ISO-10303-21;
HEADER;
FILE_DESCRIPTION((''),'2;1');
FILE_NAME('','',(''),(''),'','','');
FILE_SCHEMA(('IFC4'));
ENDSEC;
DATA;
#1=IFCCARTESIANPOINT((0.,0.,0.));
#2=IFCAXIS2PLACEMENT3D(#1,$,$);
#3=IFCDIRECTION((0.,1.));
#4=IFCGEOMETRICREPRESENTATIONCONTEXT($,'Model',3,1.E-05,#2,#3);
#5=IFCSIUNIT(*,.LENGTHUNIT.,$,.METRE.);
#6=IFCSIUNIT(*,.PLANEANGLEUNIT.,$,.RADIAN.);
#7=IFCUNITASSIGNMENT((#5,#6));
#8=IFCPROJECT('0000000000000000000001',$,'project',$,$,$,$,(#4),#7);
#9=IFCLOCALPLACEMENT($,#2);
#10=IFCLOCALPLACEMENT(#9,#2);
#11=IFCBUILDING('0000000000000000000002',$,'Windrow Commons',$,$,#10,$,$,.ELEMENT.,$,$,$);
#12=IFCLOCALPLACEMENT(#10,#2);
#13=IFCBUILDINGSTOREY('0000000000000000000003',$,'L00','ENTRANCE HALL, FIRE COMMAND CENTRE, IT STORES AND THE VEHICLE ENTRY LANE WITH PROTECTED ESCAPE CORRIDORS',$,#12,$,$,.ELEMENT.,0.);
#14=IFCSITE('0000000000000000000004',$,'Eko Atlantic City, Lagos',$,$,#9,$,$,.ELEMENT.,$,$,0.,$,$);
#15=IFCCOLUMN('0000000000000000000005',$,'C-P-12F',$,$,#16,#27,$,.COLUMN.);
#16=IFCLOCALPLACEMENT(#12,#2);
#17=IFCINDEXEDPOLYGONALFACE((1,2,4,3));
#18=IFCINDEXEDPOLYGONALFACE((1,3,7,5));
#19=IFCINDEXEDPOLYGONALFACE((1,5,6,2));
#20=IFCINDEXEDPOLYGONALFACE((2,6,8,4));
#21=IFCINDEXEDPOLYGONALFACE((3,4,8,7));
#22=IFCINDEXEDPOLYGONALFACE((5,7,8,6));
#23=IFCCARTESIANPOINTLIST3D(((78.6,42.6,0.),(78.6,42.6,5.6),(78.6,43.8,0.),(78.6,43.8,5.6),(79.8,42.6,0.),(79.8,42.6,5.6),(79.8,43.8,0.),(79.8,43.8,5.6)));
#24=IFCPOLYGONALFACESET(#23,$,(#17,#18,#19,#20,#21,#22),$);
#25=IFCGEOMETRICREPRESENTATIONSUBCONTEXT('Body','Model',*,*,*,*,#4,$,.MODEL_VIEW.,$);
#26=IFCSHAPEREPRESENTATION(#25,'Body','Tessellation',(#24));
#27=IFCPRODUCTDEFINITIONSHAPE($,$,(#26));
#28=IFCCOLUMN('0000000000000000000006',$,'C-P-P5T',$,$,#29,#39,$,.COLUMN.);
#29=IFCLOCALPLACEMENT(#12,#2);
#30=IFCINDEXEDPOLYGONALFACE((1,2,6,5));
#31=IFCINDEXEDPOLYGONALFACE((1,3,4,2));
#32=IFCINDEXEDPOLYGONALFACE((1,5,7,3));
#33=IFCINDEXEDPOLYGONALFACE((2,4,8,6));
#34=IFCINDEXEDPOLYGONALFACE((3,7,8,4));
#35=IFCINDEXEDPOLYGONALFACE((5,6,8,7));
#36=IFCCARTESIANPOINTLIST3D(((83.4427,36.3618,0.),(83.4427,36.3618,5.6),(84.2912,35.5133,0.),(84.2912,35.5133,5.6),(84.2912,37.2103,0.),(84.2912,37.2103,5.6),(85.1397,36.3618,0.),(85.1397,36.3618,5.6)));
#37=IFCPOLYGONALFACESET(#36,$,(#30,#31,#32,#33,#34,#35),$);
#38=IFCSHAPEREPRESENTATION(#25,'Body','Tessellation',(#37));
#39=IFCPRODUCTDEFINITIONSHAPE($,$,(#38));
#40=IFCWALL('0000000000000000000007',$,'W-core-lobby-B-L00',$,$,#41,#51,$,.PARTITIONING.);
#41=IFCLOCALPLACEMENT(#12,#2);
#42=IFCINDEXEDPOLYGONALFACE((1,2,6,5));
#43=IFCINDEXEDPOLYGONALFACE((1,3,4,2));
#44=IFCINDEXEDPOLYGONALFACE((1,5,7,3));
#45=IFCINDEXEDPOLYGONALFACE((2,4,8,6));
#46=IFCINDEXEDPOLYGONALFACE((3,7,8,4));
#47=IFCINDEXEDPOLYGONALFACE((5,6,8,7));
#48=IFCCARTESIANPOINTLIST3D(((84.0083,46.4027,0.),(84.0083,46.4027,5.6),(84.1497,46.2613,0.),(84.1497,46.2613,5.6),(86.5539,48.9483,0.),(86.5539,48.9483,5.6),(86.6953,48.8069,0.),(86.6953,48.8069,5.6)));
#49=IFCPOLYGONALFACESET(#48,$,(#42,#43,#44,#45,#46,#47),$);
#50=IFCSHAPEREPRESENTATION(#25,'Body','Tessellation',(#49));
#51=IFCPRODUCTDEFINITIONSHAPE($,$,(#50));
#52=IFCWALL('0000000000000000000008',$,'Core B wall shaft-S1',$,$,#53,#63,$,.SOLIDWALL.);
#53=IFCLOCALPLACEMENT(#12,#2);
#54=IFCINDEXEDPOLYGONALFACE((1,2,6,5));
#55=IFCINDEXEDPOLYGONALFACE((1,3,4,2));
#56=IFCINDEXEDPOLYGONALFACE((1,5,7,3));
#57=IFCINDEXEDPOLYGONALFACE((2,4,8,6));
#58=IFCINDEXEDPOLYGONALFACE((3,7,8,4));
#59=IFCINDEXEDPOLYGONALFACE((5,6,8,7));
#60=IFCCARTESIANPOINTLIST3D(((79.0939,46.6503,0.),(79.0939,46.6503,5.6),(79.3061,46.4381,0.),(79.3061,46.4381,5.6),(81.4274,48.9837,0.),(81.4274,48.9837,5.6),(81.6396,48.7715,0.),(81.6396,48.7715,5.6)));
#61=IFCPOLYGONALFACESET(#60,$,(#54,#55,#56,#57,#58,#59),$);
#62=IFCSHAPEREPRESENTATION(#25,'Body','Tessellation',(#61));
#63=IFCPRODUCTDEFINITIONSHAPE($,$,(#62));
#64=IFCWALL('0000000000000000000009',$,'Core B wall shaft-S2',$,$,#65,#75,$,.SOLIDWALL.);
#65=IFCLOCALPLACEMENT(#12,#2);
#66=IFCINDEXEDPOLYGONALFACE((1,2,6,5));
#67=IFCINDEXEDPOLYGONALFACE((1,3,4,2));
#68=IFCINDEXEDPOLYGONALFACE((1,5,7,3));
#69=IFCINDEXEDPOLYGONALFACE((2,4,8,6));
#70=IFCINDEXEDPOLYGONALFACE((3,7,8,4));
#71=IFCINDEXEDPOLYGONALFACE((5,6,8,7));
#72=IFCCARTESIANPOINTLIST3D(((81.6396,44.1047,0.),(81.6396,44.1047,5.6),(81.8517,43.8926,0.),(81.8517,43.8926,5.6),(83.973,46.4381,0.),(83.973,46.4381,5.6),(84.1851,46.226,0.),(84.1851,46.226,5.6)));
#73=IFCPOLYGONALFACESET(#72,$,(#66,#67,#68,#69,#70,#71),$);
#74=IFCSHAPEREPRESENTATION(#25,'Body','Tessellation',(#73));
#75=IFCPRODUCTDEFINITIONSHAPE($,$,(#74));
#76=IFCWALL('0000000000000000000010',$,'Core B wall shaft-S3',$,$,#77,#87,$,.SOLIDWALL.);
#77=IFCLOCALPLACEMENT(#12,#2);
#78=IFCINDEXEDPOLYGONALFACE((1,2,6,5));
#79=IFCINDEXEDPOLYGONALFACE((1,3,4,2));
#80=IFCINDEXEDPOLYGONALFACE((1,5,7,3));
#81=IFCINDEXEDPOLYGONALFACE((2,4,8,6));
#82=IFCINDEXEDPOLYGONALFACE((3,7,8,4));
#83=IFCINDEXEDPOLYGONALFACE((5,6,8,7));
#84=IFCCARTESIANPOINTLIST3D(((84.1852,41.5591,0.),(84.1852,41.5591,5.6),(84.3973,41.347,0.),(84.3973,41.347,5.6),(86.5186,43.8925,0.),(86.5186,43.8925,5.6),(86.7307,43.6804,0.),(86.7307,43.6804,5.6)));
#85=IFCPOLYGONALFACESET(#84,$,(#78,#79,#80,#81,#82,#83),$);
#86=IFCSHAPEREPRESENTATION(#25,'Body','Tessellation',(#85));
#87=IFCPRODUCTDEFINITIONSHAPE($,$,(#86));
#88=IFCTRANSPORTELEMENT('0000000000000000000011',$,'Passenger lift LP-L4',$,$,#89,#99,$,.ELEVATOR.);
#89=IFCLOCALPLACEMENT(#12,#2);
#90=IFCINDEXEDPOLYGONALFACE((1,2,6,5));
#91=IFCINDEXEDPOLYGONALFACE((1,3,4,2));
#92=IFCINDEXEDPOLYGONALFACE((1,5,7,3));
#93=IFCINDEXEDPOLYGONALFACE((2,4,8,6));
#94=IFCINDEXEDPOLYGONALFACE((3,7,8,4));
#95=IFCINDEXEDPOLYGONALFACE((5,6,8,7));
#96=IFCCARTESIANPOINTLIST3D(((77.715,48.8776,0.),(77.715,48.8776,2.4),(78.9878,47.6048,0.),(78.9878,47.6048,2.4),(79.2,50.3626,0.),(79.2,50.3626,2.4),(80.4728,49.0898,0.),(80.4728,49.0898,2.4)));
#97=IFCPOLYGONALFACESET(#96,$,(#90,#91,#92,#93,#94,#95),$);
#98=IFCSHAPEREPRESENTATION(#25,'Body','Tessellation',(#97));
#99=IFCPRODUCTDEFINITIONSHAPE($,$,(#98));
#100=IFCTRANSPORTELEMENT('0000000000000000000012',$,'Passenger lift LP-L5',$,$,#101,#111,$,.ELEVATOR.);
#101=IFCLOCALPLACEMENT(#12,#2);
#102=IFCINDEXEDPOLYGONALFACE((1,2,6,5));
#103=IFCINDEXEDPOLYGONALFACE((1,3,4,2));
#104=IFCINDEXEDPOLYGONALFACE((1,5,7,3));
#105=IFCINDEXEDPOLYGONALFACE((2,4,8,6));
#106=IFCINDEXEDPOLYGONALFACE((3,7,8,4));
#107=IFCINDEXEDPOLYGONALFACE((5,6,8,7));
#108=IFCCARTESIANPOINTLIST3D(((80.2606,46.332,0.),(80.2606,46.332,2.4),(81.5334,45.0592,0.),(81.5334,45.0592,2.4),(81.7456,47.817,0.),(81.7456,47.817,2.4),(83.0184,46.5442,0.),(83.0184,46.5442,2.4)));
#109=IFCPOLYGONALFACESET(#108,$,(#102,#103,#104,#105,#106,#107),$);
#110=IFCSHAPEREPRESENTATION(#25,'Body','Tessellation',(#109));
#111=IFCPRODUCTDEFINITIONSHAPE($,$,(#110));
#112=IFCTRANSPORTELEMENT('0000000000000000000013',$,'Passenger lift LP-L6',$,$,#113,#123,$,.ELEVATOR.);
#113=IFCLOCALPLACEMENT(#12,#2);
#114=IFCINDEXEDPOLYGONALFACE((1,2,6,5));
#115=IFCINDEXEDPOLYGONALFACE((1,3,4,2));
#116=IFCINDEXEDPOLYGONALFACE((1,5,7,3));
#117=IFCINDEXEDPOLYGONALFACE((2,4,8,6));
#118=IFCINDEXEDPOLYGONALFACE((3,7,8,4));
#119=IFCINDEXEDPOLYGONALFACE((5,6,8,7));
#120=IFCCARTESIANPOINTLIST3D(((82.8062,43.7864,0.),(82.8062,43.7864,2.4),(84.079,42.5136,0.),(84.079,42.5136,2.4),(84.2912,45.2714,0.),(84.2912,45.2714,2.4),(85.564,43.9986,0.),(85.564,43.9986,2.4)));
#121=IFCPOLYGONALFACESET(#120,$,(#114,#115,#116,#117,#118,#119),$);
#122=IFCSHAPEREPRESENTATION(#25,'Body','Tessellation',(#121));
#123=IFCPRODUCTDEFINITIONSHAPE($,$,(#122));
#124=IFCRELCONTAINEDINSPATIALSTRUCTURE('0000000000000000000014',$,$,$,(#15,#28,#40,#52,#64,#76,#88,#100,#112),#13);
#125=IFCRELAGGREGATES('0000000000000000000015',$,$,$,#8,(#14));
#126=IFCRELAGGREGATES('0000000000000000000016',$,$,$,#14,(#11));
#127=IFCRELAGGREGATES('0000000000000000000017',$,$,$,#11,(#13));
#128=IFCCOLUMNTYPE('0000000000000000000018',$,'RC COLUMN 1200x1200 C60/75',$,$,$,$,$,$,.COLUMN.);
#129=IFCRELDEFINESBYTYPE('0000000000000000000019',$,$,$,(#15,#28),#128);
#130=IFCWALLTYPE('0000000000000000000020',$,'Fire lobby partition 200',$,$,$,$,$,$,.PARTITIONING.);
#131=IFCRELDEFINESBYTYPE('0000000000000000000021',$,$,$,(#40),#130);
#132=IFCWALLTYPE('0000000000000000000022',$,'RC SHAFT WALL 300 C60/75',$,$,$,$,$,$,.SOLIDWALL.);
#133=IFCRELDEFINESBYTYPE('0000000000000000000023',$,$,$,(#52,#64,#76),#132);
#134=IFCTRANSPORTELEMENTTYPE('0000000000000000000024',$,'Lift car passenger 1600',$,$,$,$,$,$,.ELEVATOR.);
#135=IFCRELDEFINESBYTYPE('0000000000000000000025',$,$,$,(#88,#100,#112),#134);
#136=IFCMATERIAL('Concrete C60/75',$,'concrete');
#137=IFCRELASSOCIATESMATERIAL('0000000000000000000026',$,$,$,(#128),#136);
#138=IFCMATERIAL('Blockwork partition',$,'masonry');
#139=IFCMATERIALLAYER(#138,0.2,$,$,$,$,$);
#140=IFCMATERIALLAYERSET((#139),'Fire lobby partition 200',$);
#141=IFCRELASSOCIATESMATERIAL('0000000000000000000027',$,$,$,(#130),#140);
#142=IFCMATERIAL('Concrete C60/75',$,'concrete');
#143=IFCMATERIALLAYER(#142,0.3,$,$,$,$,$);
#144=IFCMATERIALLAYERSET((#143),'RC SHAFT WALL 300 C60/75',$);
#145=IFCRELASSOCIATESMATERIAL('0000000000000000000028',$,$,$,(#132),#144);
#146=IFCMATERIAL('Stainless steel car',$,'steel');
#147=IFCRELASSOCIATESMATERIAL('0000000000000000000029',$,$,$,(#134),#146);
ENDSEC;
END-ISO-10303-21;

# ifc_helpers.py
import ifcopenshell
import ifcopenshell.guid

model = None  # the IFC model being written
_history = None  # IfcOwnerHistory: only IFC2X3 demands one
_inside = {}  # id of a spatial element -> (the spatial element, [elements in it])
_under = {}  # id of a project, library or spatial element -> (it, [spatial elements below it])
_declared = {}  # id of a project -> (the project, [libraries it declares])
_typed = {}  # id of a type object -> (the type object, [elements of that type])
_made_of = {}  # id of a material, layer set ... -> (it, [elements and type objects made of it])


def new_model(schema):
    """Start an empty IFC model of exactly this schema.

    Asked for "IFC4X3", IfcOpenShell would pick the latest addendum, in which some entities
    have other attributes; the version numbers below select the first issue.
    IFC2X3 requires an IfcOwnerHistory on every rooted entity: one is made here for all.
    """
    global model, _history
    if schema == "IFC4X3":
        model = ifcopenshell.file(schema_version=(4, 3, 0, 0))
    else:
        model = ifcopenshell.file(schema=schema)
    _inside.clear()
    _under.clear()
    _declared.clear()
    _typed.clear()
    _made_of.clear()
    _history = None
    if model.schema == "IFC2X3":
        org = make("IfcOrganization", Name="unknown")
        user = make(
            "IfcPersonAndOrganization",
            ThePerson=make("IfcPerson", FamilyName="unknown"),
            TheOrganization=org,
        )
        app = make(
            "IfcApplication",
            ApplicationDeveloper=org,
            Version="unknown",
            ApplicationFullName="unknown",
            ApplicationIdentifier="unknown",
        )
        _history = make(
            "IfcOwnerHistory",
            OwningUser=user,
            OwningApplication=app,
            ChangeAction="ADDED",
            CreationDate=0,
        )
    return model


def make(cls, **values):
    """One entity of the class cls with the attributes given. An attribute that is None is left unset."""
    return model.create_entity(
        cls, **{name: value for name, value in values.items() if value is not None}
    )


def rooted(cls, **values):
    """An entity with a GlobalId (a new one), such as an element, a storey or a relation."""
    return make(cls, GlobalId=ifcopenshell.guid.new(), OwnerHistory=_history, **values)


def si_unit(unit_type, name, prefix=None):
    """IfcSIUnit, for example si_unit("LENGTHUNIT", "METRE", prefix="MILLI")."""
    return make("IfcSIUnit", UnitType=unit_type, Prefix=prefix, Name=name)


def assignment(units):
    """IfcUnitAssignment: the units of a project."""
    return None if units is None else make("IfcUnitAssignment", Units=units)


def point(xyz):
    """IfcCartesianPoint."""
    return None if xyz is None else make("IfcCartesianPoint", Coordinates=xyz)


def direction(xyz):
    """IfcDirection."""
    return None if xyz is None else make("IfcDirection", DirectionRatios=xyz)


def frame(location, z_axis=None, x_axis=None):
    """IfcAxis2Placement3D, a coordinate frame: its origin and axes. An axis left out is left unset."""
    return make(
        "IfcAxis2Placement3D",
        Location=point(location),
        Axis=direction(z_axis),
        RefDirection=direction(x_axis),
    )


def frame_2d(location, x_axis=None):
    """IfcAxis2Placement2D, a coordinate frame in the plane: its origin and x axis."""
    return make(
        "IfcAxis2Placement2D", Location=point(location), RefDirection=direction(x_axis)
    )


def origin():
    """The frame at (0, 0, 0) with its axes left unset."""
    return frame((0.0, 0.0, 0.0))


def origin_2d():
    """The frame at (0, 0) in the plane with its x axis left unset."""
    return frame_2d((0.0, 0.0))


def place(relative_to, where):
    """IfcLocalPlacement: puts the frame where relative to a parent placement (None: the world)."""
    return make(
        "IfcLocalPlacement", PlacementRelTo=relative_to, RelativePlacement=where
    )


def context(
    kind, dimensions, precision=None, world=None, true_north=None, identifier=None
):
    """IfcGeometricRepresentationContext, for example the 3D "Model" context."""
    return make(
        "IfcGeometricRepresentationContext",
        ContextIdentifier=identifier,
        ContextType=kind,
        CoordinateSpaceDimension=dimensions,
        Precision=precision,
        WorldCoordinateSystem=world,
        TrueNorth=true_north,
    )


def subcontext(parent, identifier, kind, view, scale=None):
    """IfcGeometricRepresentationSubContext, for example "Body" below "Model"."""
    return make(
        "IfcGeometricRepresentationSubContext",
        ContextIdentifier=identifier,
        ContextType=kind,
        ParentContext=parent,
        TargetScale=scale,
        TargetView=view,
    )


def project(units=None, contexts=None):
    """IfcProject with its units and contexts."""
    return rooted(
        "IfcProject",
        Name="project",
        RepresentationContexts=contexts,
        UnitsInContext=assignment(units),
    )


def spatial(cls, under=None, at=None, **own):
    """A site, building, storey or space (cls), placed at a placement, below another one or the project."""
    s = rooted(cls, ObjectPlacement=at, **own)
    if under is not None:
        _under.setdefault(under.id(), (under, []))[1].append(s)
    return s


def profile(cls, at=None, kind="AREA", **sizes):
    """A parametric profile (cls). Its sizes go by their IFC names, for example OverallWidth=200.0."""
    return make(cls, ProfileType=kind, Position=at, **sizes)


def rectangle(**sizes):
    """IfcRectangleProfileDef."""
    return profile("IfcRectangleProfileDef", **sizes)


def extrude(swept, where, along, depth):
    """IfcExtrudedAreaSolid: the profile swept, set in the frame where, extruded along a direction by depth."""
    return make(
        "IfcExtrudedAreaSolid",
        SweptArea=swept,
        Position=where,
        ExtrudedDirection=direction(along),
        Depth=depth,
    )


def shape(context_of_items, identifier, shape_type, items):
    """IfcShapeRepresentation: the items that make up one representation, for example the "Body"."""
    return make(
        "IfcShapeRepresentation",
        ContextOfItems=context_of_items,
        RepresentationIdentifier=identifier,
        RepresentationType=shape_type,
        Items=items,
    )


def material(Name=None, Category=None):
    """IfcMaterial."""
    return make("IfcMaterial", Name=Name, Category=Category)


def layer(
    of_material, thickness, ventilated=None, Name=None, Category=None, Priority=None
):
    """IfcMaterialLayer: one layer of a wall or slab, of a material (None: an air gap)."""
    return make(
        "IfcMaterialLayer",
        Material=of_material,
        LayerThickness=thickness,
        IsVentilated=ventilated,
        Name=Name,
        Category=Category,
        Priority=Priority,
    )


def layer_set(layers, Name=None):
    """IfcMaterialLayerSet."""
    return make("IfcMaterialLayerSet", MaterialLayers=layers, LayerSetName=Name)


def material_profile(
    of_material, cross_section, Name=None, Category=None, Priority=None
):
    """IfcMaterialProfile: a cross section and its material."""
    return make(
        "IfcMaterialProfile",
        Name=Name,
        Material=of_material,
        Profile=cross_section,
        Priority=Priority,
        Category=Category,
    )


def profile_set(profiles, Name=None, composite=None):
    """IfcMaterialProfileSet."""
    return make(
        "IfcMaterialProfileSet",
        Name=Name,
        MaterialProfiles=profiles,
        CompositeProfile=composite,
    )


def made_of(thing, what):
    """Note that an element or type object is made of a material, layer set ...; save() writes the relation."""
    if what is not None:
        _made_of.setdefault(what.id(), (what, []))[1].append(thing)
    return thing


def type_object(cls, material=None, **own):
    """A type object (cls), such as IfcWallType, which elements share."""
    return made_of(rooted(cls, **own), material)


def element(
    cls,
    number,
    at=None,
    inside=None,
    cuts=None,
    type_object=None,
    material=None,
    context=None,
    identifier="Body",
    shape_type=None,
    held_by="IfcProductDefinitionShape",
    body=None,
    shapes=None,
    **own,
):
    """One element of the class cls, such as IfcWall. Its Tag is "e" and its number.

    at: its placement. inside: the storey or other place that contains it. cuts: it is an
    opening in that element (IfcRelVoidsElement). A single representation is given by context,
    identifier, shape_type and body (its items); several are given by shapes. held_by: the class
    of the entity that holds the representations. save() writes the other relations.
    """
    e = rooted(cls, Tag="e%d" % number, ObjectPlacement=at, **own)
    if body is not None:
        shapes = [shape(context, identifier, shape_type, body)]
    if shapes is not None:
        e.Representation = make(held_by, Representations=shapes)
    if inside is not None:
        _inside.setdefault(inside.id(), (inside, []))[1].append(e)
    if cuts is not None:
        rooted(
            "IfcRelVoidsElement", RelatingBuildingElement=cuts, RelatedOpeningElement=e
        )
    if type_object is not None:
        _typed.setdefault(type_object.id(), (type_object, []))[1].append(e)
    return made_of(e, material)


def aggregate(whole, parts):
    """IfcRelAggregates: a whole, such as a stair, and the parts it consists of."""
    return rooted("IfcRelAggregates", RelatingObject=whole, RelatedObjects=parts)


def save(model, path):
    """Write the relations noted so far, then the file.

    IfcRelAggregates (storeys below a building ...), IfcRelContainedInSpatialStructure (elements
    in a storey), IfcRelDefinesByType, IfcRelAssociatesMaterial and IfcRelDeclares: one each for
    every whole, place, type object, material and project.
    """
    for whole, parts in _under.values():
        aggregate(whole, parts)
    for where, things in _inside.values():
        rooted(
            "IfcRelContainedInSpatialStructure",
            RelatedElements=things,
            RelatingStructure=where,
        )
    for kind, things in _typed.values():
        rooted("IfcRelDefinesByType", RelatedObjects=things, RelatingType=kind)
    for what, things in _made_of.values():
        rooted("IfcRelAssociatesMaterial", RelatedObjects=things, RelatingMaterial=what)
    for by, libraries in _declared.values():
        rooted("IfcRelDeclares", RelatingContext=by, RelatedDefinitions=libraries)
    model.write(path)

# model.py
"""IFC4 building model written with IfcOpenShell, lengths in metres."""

from ifc_helpers import new_model, si_unit, direction, frame, frame_2d, origin, origin_2d, place, context, subcontext, project, spatial, rectangle, extrude, material, layer, layer_set, material_profile, profile_set, type_object, element, save


model = new_model("IFC4")

# Units and contexts
model_context = context("Model", 3, precision=1e-05, world=origin(), true_north=direction((0.0, 1.0)))
body_context = subcontext(model_context, "Body", "Model", "MODEL_VIEW")
ifc_project = project(units=[si_unit("LENGTHUNIT", "METRE"), si_unit("PLANEANGLEUNIT", "RADIAN")], contexts=[model_context])

# Site, building, storey
site_placement = place(None, origin())
site = spatial("IfcSite", under=ifc_project, at=site_placement, Name="Eko Atlantic City, Lagos", CompositionType="ELEMENT", RefElevation=0.0)
building_placement = place(site_placement, origin())
building = spatial("IfcBuilding", under=site, at=building_placement, Name="Windrow Commons", CompositionType="ELEMENT")
storey_placement = place(building_placement, origin())
storey = spatial("IfcBuildingStorey", under=building, at=storey_placement, Name="L00", Description="ENTRANCE HALL, FIRE COMMAND CENTRE, IT STORES AND THE VEHICLE ENTRY LANE WITH PROTECTED ESCAPE CORRIDORS", CompositionType="ELEMENT", Elevation=0.0)

# Columns
ifc_material_1 = material(Name="Concrete C60/75", Category="concrete")
ifc_material_profile = material_profile(ifc_material_1, rectangle(XDim=1.2, YDim=1.2, at=origin_2d()))
ifc_profile_set = profile_set([ifc_material_profile], Name="Concrete C60/75")
column_type = type_object("IfcColumnType", Name="RC COLUMN 1200x1200 C60/75", PredefinedType="COLUMN", material=ifc_profile_set)
for number, where, z_axis, x_axis, name in (
    (1, (79.2, 43.2, 0.0), (0.0, 0.0, 1.0), (1.0, 0.0, 0.0), "C-P-12F"),
    (2, (84.2912, 36.3618, 0.0), (0.0, 0.0, 1.0), (0.707107, -0.707107, 0.0), "C-P-P5T"),
):
    element("IfcColumn", number, at=place(storey_placement, frame(where, z_axis=z_axis, x_axis=x_axis)), inside=storey, type_object=column_type, Name=name, PredefinedType="COLUMN", context=body_context, shape_type="SweptSolid", body=[
        extrude(rectangle(XDim=1.2, YDim=1.2, at=origin_2d()), origin(), (0.0, 0.0, 1.0), 5.6),
    ])

# Walls
ifc_material_2 = material(Name="Blockwork partition", Category="masonry")
ifc_layer_1 = layer(ifc_material_2, 0.2)
ifc_layer_set_1 = layer_set([ifc_layer_1], Name="Fire lobby partition 200")
wall_type_1 = type_object("IfcWallType", Name="Fire lobby partition 200", PredefinedType="PARTITIONING", material=ifc_layer_set_1)
wall_1_placement = place(storey_placement, frame((84.079, 46.332, 0.0), z_axis=(0.0, 0.0, 1.0), x_axis=(0.707107, 0.707107, 0.0)))
element("IfcWall", 3, at=wall_1_placement, inside=storey, type_object=wall_type_1, Name="W-core-lobby-B-L00", PredefinedType="PARTITIONING", context=body_context, shape_type="SweptSolid", body=[
    extrude(rectangle(XDim=3.6, YDim=0.2, at=frame_2d((1.8, 0.0))), origin(), (0.0, 0.0, 1.0), 5.6),
])
ifc_material_3 = material(Name="Concrete C60/75", Category="concrete")
ifc_layer_2 = layer(ifc_material_3, 0.3)
ifc_layer_set_2 = layer_set([ifc_layer_2], Name="RC SHAFT WALL 300 C60/75")
wall_type_2 = type_object("IfcWallType", Name="RC SHAFT WALL 300 C60/75", PredefinedType="SOLIDWALL", material=ifc_layer_set_2)
wall_2_placement = place(storey_placement, frame((79.2, 46.5442, 0.0), z_axis=(0.0, 0.0, 1.0), x_axis=(0.707122, 0.707092, 0.0)))
element("IfcWall", 4, at=wall_2_placement, inside=storey, type_object=wall_type_2, Name="Core B wall shaft-S1", PredefinedType="SOLIDWALL", context=body_context, shape_type="SweptSolid", body=[
    extrude(rectangle(XDim=3.3, YDim=0.3, at=frame_2d((1.65, 0.0))), origin(), (0.0, 0.0, 1.0), 5.6),
])
for number, where, z_axis, x_axis, name in (
    (5, (81.7456, 43.9986, 0.0), (0.0, 0.0, 1.0), (0.707107, 0.707107, 0.0), "Core B wall shaft-S2"),
    (6, (84.2912, 41.453, 0.0), (0.0, 0.0, 1.0), (0.707107, 0.707107, 0.0), "Core B wall shaft-S3"),
):
    element("IfcWall", number, at=place(storey_placement, frame(where, z_axis=z_axis, x_axis=x_axis)), inside=storey, type_object=wall_type_2, Name=name, PredefinedType="SOLIDWALL", context=body_context, shape_type="SweptSolid", body=[
        extrude(rectangle(XDim=3.2999, YDim=0.3, at=frame_2d((1.65, 0.0))), origin(), (0.0, 0.0, 1.0), 5.6),
    ])

# Transport elements
ifc_material_4 = material(Name="Stainless steel car", Category="steel")
transport_element_type = type_object("IfcTransportElementType", Name="Lift car passenger 1600", PredefinedType="ELEVATOR", material=ifc_material_4)
for number, where, z_axis, x_axis, name in (
    (7, (79.0939, 48.9837, 0.0), (0.0, 0.0, 1.0), (0.707107, -0.707107, 0.0), "Passenger lift LP-L4"),
    (8, (81.6395, 46.4381, 0.0), (0.0, 0.0, 1.0), (0.707107, -0.707107, 0.0), "Passenger lift LP-L5"),
    (9, (84.1851, 43.8925, 0.0), (0.0, 0.0, 1.0), (0.707107, -0.707107, 0.0), "Passenger lift LP-L6"),
):
    element("IfcTransportElement", number, at=place(storey_placement, frame(where, z_axis=z_axis, x_axis=x_axis)), inside=storey, type_object=transport_element_type, Name=name, PredefinedType="ELEVATOR", context=body_context, shape_type="SweptSolid", body=[
        extrude(rectangle(XDim=1.8, YDim=2.1, at=origin_2d()), origin(), (0.0, 0.0, 1.0), 2.4),
    ])

save(model, "model.ifc")
